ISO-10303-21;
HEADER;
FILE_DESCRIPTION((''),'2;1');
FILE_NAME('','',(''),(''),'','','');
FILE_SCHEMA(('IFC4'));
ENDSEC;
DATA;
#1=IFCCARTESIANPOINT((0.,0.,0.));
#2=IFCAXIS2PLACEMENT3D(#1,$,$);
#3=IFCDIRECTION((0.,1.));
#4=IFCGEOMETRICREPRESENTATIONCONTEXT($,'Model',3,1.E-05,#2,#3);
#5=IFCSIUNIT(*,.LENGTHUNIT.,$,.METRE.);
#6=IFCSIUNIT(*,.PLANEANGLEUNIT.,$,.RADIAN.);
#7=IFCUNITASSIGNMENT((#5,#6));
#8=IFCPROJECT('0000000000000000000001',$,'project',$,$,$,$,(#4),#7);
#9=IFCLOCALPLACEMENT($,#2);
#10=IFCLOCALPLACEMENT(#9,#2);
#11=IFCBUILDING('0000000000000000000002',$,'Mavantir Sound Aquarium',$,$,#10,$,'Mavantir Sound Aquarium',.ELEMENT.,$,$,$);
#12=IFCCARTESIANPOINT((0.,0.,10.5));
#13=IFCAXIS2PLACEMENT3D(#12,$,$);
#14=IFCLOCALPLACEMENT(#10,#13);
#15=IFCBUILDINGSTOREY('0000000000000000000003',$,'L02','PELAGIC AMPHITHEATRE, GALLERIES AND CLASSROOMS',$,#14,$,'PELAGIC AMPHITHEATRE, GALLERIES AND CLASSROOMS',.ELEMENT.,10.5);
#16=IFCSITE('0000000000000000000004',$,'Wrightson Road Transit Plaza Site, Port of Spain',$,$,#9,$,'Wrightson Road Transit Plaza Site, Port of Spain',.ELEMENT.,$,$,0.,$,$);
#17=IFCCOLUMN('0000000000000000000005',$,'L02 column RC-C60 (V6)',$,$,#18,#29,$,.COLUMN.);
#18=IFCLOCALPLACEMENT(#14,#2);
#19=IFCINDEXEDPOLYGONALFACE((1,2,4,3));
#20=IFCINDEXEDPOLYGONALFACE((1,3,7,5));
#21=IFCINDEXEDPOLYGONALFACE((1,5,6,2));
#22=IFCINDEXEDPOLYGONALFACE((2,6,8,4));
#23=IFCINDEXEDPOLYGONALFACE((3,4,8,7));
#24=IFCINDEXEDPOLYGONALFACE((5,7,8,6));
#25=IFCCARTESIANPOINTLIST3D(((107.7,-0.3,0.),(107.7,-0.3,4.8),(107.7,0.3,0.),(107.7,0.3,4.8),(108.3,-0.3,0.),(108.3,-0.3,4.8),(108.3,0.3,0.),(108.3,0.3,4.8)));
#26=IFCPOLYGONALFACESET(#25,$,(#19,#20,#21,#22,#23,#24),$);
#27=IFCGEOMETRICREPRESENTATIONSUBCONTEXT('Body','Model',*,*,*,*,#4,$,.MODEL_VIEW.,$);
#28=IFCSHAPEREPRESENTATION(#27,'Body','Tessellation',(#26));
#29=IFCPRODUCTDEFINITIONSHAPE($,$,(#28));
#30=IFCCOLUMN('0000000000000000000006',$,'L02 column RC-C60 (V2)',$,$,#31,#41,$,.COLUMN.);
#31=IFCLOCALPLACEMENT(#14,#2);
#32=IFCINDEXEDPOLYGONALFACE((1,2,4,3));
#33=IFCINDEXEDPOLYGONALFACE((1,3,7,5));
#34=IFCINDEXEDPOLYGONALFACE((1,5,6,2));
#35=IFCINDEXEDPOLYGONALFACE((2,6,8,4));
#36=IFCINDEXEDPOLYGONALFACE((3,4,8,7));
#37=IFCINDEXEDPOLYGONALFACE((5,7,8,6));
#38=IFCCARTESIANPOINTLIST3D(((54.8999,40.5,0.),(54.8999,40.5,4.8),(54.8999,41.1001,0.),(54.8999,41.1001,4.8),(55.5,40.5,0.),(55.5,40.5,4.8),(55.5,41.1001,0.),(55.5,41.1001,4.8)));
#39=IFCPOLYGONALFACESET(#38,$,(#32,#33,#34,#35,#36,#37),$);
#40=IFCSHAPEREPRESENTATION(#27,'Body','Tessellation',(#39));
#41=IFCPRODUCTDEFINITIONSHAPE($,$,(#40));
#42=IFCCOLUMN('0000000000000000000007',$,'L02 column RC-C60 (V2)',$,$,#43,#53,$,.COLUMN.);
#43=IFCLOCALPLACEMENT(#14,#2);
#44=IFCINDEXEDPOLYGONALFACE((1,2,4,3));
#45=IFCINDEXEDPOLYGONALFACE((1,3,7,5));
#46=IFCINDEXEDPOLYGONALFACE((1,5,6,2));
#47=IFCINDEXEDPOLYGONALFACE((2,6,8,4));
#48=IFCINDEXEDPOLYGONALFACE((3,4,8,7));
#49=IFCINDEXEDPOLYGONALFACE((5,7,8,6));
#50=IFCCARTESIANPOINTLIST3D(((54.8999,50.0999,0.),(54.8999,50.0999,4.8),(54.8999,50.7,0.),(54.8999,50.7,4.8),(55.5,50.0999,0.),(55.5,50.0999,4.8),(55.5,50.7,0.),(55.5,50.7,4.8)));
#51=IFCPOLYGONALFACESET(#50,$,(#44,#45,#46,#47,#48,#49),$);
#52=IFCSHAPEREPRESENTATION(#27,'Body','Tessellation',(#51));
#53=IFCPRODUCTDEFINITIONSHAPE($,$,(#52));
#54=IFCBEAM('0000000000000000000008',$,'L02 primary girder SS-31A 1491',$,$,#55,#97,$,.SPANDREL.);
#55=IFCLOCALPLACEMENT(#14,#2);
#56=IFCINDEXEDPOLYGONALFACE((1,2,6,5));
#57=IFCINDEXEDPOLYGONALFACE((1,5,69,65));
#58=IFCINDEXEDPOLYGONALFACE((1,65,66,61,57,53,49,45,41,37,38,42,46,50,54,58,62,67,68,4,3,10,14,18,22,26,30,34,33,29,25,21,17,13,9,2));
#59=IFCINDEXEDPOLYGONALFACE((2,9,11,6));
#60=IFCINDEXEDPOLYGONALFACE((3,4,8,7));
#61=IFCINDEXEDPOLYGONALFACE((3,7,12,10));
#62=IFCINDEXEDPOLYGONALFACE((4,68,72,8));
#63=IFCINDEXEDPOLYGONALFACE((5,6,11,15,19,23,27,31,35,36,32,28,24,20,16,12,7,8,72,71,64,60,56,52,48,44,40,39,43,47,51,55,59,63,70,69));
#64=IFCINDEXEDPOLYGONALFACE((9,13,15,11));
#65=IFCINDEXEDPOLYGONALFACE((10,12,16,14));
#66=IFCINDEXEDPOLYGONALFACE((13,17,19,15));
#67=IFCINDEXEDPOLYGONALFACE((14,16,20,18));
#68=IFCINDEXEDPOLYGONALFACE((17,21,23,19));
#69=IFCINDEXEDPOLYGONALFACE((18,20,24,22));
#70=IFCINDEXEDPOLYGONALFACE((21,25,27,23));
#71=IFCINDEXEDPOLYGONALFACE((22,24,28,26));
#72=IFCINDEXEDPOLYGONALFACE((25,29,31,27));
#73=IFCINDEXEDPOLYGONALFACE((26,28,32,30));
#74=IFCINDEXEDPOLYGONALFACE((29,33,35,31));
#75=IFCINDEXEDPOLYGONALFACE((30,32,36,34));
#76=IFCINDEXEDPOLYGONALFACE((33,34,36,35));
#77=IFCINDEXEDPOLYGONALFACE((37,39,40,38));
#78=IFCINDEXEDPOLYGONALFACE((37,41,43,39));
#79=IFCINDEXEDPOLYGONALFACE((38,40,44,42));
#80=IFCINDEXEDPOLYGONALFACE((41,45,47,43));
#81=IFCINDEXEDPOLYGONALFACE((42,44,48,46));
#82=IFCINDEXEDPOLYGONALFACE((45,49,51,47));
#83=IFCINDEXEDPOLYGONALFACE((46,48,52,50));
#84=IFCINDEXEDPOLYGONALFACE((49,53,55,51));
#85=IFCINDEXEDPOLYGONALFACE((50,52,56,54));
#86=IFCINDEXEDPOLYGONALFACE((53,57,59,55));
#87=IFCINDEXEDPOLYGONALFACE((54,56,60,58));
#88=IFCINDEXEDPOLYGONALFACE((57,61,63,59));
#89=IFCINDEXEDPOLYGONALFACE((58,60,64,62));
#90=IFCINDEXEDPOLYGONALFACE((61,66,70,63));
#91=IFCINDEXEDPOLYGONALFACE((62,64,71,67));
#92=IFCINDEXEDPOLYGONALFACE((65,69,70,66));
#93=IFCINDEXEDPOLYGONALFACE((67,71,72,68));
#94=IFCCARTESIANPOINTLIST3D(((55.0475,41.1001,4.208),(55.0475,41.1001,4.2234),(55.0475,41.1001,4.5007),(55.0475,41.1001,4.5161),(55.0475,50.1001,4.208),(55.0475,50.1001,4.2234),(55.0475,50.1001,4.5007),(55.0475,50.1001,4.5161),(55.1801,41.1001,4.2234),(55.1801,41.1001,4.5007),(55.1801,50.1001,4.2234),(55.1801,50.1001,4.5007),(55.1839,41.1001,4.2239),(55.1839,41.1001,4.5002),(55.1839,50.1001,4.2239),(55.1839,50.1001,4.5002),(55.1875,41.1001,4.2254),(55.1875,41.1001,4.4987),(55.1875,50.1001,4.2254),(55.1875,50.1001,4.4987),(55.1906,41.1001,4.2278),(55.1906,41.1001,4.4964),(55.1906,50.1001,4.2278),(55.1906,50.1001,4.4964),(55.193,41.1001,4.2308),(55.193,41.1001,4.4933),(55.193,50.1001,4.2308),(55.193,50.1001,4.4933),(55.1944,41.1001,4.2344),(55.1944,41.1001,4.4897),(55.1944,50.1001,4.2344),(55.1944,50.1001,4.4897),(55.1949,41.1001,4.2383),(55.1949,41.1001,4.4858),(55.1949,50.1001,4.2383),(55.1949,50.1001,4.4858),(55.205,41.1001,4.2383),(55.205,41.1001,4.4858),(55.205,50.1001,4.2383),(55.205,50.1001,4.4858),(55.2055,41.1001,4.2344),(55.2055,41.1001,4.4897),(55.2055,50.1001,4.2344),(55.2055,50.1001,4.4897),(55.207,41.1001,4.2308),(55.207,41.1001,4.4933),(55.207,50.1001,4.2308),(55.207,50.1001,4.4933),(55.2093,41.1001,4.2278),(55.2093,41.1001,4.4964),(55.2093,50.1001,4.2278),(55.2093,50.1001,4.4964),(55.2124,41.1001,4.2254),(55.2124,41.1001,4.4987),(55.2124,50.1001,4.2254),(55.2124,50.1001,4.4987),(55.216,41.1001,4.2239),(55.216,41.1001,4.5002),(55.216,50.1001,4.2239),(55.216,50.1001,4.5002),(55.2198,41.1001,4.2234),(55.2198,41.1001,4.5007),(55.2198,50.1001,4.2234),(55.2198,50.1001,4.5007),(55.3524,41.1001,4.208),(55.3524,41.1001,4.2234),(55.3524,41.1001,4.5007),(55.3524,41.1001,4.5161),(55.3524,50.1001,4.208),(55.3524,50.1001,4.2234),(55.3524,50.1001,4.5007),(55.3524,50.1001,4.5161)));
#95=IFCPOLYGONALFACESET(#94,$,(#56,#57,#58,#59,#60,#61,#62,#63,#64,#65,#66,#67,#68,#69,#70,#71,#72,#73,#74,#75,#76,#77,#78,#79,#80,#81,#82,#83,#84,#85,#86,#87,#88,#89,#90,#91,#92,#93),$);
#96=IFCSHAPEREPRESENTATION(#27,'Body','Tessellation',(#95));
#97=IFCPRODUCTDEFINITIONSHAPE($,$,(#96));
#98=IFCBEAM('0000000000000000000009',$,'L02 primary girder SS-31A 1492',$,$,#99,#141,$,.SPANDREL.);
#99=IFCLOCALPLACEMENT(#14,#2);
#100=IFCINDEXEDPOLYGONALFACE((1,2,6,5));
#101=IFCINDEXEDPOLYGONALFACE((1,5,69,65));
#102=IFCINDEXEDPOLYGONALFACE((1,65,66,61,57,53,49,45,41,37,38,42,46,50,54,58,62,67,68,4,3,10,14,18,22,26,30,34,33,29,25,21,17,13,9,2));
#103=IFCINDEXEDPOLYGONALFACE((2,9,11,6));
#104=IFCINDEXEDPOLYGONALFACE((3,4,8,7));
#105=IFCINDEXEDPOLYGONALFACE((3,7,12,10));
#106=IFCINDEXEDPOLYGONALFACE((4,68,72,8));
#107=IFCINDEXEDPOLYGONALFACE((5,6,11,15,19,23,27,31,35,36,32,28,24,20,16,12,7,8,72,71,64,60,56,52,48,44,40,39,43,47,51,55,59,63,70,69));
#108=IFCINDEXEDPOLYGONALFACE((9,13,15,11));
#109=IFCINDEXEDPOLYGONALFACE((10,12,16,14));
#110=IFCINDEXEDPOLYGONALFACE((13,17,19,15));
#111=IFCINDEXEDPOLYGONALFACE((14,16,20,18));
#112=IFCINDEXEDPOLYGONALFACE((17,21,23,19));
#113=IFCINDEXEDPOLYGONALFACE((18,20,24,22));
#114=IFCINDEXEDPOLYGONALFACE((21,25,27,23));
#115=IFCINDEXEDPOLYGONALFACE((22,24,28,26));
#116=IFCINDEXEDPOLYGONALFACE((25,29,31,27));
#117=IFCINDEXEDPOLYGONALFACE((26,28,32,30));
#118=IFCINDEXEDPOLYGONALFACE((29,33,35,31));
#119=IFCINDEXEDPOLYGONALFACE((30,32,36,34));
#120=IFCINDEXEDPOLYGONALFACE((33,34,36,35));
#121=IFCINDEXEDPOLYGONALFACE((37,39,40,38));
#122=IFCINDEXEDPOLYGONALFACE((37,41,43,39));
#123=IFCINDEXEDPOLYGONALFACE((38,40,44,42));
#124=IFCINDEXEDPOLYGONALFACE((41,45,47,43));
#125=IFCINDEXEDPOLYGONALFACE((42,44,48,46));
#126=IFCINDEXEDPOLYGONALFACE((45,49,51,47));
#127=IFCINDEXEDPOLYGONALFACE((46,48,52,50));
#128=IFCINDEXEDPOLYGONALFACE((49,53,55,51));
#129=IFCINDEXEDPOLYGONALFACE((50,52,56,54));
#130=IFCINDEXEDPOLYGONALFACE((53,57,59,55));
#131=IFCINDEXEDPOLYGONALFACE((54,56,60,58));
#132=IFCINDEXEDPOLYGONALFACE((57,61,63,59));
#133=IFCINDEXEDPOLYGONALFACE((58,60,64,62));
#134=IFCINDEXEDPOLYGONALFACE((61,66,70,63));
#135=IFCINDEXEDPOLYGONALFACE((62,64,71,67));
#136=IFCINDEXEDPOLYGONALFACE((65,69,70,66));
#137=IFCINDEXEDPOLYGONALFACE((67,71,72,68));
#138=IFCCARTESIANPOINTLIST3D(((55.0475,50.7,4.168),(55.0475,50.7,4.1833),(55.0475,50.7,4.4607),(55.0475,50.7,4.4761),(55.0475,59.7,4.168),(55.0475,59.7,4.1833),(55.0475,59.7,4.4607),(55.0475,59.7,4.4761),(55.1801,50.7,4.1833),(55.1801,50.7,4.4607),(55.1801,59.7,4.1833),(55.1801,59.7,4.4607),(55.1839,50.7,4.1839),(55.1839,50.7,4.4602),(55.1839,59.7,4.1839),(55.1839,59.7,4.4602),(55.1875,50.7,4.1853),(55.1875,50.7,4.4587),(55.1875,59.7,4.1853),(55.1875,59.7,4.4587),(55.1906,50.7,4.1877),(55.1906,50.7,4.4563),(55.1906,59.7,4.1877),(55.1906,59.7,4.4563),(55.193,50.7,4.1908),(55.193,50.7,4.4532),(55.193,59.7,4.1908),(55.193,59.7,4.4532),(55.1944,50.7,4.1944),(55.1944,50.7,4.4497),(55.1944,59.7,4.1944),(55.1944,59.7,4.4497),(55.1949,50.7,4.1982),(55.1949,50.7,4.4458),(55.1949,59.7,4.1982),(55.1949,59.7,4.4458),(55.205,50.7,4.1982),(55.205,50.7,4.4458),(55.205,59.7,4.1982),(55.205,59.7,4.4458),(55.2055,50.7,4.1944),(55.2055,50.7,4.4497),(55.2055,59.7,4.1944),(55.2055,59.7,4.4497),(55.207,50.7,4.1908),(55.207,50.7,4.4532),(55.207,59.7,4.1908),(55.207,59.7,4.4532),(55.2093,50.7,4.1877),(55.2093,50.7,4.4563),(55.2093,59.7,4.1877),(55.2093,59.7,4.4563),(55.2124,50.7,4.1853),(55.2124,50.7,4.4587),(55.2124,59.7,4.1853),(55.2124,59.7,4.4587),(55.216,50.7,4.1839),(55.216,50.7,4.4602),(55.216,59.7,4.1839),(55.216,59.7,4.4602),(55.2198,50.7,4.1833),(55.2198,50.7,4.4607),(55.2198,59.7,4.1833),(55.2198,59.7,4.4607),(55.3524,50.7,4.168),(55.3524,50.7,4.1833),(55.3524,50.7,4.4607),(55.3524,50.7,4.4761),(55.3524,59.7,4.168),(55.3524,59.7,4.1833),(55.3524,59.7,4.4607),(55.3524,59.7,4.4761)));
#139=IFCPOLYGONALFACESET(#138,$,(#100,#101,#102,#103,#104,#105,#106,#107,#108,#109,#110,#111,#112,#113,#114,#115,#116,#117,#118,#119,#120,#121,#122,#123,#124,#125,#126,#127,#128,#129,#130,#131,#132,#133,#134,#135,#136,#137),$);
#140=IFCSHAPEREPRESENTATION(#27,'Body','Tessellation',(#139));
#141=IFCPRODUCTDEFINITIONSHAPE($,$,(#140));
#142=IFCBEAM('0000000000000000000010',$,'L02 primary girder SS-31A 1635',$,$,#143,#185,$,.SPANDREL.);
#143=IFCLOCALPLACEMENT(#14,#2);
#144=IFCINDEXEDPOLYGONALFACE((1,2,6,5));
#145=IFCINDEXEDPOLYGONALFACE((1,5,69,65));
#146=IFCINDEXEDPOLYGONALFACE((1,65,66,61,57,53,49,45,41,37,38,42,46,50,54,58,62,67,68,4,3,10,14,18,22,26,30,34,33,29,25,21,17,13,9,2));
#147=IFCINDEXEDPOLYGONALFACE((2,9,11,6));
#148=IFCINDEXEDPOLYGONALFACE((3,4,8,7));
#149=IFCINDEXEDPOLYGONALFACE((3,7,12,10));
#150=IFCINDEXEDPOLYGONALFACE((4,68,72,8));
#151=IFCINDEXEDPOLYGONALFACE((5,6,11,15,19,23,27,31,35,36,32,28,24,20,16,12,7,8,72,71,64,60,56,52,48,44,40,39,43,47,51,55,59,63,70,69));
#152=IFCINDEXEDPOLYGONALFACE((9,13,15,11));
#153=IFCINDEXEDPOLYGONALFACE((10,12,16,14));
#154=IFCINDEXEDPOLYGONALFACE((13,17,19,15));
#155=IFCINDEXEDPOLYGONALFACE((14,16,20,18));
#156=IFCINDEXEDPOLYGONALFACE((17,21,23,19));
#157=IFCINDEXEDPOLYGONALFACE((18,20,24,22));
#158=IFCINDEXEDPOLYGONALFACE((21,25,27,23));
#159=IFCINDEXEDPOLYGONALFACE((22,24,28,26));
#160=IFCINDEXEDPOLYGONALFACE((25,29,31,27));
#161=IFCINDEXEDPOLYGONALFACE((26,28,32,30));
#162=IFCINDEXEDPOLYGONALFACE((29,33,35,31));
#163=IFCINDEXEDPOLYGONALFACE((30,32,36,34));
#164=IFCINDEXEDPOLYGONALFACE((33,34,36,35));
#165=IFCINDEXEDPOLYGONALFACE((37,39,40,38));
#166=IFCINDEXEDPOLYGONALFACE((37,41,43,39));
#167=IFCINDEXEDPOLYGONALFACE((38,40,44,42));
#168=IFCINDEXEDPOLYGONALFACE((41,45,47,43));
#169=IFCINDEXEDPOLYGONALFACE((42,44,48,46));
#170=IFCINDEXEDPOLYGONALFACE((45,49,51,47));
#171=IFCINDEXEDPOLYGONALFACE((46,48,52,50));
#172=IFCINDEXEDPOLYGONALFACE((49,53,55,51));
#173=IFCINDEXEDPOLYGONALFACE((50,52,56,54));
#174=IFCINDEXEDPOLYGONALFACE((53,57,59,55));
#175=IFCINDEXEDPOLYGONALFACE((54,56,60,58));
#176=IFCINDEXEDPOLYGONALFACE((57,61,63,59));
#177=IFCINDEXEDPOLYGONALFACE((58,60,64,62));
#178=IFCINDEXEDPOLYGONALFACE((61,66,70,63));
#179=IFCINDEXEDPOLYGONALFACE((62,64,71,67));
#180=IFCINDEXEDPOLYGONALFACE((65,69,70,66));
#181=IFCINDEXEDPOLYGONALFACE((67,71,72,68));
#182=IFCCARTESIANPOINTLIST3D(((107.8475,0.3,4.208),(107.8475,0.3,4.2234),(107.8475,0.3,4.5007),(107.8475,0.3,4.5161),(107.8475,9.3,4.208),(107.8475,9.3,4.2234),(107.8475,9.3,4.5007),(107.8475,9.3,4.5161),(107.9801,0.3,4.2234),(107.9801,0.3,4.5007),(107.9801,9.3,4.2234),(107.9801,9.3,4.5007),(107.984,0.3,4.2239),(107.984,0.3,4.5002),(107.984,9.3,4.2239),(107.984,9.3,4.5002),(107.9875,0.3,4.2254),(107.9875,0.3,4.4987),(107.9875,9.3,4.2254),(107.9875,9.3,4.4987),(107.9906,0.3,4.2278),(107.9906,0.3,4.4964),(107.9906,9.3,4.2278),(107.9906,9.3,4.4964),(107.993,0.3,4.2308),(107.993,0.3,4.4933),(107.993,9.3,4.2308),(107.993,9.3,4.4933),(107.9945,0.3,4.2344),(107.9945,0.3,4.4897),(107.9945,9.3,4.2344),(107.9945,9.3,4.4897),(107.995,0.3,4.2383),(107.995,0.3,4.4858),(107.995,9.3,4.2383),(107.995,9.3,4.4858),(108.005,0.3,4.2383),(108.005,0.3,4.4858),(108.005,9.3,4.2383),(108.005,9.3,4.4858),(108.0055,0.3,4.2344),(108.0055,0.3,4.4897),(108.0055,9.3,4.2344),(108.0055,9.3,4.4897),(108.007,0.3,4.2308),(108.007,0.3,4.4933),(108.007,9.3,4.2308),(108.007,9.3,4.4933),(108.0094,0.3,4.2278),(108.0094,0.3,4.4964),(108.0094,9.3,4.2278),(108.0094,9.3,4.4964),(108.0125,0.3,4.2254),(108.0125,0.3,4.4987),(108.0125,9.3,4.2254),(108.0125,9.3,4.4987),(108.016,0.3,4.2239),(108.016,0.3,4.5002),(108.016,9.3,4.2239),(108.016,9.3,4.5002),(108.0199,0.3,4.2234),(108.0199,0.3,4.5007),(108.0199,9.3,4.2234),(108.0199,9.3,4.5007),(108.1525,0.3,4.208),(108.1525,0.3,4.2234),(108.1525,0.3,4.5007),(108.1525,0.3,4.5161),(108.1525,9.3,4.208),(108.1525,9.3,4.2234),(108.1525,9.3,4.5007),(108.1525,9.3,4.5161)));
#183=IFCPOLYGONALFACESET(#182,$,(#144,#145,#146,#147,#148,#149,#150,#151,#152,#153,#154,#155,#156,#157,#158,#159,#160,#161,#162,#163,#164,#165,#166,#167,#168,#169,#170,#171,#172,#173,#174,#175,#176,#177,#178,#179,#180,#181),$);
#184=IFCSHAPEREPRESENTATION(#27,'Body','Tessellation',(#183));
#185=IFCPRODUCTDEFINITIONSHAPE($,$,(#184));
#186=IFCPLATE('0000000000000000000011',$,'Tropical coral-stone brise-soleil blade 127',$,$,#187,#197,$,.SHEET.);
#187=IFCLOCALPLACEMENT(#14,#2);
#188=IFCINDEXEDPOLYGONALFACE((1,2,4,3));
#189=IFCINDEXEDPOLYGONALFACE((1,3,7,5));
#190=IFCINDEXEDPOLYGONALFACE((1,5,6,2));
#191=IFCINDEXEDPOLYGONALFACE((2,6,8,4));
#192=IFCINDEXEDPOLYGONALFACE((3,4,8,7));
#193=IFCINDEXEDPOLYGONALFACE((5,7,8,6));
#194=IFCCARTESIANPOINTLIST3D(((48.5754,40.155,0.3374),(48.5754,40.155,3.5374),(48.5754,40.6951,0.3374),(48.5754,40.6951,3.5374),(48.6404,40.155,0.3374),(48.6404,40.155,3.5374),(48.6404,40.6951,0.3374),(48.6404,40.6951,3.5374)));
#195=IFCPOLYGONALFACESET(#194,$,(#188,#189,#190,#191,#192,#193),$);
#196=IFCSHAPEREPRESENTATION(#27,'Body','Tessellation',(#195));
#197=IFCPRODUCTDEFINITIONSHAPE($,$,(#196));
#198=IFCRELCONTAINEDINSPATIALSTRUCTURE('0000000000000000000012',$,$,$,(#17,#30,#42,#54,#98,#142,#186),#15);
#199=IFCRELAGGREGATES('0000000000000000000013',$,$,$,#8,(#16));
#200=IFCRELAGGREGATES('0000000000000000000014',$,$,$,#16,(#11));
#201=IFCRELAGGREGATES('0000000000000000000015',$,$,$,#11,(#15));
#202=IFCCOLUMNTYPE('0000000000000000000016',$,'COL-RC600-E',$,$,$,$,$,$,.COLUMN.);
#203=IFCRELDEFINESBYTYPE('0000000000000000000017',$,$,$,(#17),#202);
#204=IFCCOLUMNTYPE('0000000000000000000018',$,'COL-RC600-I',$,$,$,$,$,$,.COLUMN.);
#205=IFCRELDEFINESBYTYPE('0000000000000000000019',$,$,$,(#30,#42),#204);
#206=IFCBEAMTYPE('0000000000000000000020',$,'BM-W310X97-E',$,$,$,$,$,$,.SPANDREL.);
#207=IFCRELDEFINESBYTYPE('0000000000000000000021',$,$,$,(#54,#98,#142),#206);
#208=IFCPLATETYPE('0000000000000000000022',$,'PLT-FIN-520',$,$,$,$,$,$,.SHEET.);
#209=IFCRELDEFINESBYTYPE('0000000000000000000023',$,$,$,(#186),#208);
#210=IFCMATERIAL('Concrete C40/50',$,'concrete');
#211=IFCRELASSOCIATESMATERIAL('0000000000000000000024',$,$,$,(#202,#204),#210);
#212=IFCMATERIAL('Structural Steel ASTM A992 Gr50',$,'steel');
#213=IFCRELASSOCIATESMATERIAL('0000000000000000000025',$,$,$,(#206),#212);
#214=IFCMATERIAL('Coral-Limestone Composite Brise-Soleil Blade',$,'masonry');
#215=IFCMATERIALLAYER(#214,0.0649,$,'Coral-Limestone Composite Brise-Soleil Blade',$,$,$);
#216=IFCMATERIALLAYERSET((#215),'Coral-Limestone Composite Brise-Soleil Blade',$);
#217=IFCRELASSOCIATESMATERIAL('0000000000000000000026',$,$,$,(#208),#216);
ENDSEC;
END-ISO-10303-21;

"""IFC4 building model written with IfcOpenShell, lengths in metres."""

from ifc_helpers import new_model, si_unit, direction, frame, origin, origin_2d, place, context, subcontext, project, spatial, rectangle, i_section, extrude, material, layer, layer_set, material_profile, profile_set, type_object, element, save


model = new_model("IFC4")

# Units and contexts
model_context = context("Model", 3, precision=1e-05, world=origin(), true_north=direction((0.0, 1.0)))
body_context = subcontext(model_context, "Body", "Model", "MODEL_VIEW")
ifc_project = project(units=[si_unit("LENGTHUNIT", "METRE"), si_unit("PLANEANGLEUNIT", "RADIAN")], contexts=[model_context])

# Site, building, storey
site_placement = place(None, origin())
site = spatial("IfcSite", under=ifc_project, at=site_placement, Name="Wrightson Road Transit Plaza Site, Port of Spain", LongName="Wrightson Road Transit Plaza Site, Port of Spain", CompositionType="ELEMENT", RefElevation=0.0)
building_placement = place(site_placement, origin())
building = spatial("IfcBuilding", under=site, at=building_placement, Name="Mavantir Sound Aquarium", LongName="Mavantir Sound Aquarium", CompositionType="ELEMENT")
storey_placement = place(building_placement, frame((0.0, 0.0, 10.5)))
storey = spatial("IfcBuildingStorey", under=building, at=storey_placement, Name="L02", Description="PELAGIC AMPHITHEATRE, GALLERIES AND CLASSROOMS", LongName="PELAGIC AMPHITHEATRE, GALLERIES AND CLASSROOMS", CompositionType="ELEMENT", Elevation=10.5)

# Columns
ifc_material_1 = material(Name="Concrete C40/50", Category="concrete")
ifc_material_profile_1 = material_profile(ifc_material_1, rectangle(XDim=0.6001, YDim=0.6001, at=origin_2d()), Name="RC 600X600")
ifc_profile_set_1 = profile_set([ifc_material_profile_1], Name="Concrete C40/50")
column_type_1 = type_object("IfcColumnType", Name="COL-RC600-E", PredefinedType="COLUMN", material=ifc_profile_set_1)
column_placement = place(storey_placement, frame((108.0, 0.0, 0.0), z_axis=(0.0, 0.0, 1.0), x_axis=(1.0, 0.0, 0.0)))
element("IfcColumn", 1, at=column_placement, inside=storey, type_object=column_type_1, Name="L02 column RC-C60 (V6)", PredefinedType="COLUMN", context=body_context, shape_type="SweptSolid", body=[
    extrude(rectangle(XDim=0.6001, YDim=0.6001, at=origin_2d()), origin(), (0.0, 0.0, 1.0), 4.8),
])
ifc_material_profile_2 = material_profile(ifc_material_1, rectangle(XDim=0.6001, YDim=0.6001, at=origin_2d()), Name="RC 600X600")
ifc_profile_set_2 = profile_set([ifc_material_profile_2], Name="Concrete C40/50")
column_type_2 = type_object("IfcColumnType", Name="COL-RC600-I", PredefinedType="COLUMN", material=ifc_profile_set_2)
for number, where, z_axis, x_axis, name in (
    (2, (55.2, 40.8, 0.0), (0.0, 0.0, 1.0), (1.0, 0.0, 0.0), "L02 column RC-C60 (V2)"),
    (3, (55.2, 50.3999, 0.0), (0.0, 0.0, 1.0), (1.0, 0.0, 0.0), "L02 column RC-C60 (V2)"),
):
    element("IfcColumn", number, at=place(storey_placement, frame(where, z_axis=z_axis, x_axis=x_axis)), inside=storey, type_object=column_type_2, Name=name, PredefinedType="COLUMN", context=body_context, shape_type="SweptSolid", body=[
        extrude(rectangle(XDim=0.6001, YDim=0.6001, at=origin_2d()), origin(), (0.0, 0.0, 1.0), 4.8),
    ])

# Beams
ifc_material_2 = material(Name="Structural Steel ASTM A992 Gr50", Category="steel")
ifc_material_profile_3 = material_profile(ifc_material_2, i_section(OverallWidth=0.3049, OverallDepth=0.3081, WebThickness=0.01, FlangeThickness=0.0154, FilletRadius=0.0149, at=origin_2d()), Name="W310X97")
ifc_profile_set_3 = profile_set([ifc_material_profile_3], Name="Structural Steel ASTM A992 Gr50")
beam_type = type_object("IfcBeamType", Name="BM-W310X97-E", PredefinedType="SPANDREL", material=ifc_profile_set_3)
for number, where, z_axis, x_axis, name in (
    (4, (55.2, 41.1001, 4.3621), (0.0, 1.0, 0.0), (-1.0, 0.0, 0.0), "L02 primary girder SS-31A 1491"),
    (5, (55.2, 50.7, 4.322), (0.0, 1.0, 0.0), (-1.0, 0.0, 0.0), "L02 primary girder SS-31A 1492"),
    (6, (108.0, 0.3, 4.3621), (0.0, 1.0, 0.0), (-1.0, 0.0, 0.0), "L02 primary girder SS-31A 1635"),
):
    element("IfcBeam", number, at=place(storey_placement, frame(where, z_axis=z_axis, x_axis=x_axis)), inside=storey, type_object=beam_type, Name=name, PredefinedType="SPANDREL", context=body_context, shape_type="SweptSolid", body=[
        extrude(i_section(OverallWidth=0.3049, OverallDepth=0.3081, WebThickness=0.01, FlangeThickness=0.0154, FilletRadius=0.0149, at=origin_2d()), origin(), (0.0, 0.0, 1.0), 9.0),
    ])

# Plate
ifc_material_3 = material(Name="Coral-Limestone Composite Brise-Soleil Blade", Category="masonry")
ifc_layer_1 = layer(ifc_material_3, 0.0649, Name="Coral-Limestone Composite Brise-Soleil Blade")
ifc_layer_set_1 = layer_set([ifc_layer_1], Name="Coral-Limestone Composite Brise-Soleil Blade")
plate_type = type_object("IfcPlateType", Name="PLT-FIN-520", PredefinedType="SHEET", material=ifc_layer_set_1)
for number, where, z_axis, x_axis, name in (
    (7, (48.6079, 40.425, 0.3374), (0.0, 0.0, 1.0), (-1.0, 0.0, 0.0), "Tropical coral-stone brise-soleil blade 127"),
):
    element("IfcPlate", number, at=place(storey_placement, frame(where, z_axis=z_axis, x_axis=x_axis)), inside=storey, type_object=plate_type, Name=name, PredefinedType="SHEET", context=body_context, shape_type="SweptSolid", body=[
        extrude(rectangle(XDim=0.0649, YDim=0.54, at=origin_2d()), origin(), (0.0, 0.0, 1.0), 3.2),
    ])

save(model, "model.ifc")
